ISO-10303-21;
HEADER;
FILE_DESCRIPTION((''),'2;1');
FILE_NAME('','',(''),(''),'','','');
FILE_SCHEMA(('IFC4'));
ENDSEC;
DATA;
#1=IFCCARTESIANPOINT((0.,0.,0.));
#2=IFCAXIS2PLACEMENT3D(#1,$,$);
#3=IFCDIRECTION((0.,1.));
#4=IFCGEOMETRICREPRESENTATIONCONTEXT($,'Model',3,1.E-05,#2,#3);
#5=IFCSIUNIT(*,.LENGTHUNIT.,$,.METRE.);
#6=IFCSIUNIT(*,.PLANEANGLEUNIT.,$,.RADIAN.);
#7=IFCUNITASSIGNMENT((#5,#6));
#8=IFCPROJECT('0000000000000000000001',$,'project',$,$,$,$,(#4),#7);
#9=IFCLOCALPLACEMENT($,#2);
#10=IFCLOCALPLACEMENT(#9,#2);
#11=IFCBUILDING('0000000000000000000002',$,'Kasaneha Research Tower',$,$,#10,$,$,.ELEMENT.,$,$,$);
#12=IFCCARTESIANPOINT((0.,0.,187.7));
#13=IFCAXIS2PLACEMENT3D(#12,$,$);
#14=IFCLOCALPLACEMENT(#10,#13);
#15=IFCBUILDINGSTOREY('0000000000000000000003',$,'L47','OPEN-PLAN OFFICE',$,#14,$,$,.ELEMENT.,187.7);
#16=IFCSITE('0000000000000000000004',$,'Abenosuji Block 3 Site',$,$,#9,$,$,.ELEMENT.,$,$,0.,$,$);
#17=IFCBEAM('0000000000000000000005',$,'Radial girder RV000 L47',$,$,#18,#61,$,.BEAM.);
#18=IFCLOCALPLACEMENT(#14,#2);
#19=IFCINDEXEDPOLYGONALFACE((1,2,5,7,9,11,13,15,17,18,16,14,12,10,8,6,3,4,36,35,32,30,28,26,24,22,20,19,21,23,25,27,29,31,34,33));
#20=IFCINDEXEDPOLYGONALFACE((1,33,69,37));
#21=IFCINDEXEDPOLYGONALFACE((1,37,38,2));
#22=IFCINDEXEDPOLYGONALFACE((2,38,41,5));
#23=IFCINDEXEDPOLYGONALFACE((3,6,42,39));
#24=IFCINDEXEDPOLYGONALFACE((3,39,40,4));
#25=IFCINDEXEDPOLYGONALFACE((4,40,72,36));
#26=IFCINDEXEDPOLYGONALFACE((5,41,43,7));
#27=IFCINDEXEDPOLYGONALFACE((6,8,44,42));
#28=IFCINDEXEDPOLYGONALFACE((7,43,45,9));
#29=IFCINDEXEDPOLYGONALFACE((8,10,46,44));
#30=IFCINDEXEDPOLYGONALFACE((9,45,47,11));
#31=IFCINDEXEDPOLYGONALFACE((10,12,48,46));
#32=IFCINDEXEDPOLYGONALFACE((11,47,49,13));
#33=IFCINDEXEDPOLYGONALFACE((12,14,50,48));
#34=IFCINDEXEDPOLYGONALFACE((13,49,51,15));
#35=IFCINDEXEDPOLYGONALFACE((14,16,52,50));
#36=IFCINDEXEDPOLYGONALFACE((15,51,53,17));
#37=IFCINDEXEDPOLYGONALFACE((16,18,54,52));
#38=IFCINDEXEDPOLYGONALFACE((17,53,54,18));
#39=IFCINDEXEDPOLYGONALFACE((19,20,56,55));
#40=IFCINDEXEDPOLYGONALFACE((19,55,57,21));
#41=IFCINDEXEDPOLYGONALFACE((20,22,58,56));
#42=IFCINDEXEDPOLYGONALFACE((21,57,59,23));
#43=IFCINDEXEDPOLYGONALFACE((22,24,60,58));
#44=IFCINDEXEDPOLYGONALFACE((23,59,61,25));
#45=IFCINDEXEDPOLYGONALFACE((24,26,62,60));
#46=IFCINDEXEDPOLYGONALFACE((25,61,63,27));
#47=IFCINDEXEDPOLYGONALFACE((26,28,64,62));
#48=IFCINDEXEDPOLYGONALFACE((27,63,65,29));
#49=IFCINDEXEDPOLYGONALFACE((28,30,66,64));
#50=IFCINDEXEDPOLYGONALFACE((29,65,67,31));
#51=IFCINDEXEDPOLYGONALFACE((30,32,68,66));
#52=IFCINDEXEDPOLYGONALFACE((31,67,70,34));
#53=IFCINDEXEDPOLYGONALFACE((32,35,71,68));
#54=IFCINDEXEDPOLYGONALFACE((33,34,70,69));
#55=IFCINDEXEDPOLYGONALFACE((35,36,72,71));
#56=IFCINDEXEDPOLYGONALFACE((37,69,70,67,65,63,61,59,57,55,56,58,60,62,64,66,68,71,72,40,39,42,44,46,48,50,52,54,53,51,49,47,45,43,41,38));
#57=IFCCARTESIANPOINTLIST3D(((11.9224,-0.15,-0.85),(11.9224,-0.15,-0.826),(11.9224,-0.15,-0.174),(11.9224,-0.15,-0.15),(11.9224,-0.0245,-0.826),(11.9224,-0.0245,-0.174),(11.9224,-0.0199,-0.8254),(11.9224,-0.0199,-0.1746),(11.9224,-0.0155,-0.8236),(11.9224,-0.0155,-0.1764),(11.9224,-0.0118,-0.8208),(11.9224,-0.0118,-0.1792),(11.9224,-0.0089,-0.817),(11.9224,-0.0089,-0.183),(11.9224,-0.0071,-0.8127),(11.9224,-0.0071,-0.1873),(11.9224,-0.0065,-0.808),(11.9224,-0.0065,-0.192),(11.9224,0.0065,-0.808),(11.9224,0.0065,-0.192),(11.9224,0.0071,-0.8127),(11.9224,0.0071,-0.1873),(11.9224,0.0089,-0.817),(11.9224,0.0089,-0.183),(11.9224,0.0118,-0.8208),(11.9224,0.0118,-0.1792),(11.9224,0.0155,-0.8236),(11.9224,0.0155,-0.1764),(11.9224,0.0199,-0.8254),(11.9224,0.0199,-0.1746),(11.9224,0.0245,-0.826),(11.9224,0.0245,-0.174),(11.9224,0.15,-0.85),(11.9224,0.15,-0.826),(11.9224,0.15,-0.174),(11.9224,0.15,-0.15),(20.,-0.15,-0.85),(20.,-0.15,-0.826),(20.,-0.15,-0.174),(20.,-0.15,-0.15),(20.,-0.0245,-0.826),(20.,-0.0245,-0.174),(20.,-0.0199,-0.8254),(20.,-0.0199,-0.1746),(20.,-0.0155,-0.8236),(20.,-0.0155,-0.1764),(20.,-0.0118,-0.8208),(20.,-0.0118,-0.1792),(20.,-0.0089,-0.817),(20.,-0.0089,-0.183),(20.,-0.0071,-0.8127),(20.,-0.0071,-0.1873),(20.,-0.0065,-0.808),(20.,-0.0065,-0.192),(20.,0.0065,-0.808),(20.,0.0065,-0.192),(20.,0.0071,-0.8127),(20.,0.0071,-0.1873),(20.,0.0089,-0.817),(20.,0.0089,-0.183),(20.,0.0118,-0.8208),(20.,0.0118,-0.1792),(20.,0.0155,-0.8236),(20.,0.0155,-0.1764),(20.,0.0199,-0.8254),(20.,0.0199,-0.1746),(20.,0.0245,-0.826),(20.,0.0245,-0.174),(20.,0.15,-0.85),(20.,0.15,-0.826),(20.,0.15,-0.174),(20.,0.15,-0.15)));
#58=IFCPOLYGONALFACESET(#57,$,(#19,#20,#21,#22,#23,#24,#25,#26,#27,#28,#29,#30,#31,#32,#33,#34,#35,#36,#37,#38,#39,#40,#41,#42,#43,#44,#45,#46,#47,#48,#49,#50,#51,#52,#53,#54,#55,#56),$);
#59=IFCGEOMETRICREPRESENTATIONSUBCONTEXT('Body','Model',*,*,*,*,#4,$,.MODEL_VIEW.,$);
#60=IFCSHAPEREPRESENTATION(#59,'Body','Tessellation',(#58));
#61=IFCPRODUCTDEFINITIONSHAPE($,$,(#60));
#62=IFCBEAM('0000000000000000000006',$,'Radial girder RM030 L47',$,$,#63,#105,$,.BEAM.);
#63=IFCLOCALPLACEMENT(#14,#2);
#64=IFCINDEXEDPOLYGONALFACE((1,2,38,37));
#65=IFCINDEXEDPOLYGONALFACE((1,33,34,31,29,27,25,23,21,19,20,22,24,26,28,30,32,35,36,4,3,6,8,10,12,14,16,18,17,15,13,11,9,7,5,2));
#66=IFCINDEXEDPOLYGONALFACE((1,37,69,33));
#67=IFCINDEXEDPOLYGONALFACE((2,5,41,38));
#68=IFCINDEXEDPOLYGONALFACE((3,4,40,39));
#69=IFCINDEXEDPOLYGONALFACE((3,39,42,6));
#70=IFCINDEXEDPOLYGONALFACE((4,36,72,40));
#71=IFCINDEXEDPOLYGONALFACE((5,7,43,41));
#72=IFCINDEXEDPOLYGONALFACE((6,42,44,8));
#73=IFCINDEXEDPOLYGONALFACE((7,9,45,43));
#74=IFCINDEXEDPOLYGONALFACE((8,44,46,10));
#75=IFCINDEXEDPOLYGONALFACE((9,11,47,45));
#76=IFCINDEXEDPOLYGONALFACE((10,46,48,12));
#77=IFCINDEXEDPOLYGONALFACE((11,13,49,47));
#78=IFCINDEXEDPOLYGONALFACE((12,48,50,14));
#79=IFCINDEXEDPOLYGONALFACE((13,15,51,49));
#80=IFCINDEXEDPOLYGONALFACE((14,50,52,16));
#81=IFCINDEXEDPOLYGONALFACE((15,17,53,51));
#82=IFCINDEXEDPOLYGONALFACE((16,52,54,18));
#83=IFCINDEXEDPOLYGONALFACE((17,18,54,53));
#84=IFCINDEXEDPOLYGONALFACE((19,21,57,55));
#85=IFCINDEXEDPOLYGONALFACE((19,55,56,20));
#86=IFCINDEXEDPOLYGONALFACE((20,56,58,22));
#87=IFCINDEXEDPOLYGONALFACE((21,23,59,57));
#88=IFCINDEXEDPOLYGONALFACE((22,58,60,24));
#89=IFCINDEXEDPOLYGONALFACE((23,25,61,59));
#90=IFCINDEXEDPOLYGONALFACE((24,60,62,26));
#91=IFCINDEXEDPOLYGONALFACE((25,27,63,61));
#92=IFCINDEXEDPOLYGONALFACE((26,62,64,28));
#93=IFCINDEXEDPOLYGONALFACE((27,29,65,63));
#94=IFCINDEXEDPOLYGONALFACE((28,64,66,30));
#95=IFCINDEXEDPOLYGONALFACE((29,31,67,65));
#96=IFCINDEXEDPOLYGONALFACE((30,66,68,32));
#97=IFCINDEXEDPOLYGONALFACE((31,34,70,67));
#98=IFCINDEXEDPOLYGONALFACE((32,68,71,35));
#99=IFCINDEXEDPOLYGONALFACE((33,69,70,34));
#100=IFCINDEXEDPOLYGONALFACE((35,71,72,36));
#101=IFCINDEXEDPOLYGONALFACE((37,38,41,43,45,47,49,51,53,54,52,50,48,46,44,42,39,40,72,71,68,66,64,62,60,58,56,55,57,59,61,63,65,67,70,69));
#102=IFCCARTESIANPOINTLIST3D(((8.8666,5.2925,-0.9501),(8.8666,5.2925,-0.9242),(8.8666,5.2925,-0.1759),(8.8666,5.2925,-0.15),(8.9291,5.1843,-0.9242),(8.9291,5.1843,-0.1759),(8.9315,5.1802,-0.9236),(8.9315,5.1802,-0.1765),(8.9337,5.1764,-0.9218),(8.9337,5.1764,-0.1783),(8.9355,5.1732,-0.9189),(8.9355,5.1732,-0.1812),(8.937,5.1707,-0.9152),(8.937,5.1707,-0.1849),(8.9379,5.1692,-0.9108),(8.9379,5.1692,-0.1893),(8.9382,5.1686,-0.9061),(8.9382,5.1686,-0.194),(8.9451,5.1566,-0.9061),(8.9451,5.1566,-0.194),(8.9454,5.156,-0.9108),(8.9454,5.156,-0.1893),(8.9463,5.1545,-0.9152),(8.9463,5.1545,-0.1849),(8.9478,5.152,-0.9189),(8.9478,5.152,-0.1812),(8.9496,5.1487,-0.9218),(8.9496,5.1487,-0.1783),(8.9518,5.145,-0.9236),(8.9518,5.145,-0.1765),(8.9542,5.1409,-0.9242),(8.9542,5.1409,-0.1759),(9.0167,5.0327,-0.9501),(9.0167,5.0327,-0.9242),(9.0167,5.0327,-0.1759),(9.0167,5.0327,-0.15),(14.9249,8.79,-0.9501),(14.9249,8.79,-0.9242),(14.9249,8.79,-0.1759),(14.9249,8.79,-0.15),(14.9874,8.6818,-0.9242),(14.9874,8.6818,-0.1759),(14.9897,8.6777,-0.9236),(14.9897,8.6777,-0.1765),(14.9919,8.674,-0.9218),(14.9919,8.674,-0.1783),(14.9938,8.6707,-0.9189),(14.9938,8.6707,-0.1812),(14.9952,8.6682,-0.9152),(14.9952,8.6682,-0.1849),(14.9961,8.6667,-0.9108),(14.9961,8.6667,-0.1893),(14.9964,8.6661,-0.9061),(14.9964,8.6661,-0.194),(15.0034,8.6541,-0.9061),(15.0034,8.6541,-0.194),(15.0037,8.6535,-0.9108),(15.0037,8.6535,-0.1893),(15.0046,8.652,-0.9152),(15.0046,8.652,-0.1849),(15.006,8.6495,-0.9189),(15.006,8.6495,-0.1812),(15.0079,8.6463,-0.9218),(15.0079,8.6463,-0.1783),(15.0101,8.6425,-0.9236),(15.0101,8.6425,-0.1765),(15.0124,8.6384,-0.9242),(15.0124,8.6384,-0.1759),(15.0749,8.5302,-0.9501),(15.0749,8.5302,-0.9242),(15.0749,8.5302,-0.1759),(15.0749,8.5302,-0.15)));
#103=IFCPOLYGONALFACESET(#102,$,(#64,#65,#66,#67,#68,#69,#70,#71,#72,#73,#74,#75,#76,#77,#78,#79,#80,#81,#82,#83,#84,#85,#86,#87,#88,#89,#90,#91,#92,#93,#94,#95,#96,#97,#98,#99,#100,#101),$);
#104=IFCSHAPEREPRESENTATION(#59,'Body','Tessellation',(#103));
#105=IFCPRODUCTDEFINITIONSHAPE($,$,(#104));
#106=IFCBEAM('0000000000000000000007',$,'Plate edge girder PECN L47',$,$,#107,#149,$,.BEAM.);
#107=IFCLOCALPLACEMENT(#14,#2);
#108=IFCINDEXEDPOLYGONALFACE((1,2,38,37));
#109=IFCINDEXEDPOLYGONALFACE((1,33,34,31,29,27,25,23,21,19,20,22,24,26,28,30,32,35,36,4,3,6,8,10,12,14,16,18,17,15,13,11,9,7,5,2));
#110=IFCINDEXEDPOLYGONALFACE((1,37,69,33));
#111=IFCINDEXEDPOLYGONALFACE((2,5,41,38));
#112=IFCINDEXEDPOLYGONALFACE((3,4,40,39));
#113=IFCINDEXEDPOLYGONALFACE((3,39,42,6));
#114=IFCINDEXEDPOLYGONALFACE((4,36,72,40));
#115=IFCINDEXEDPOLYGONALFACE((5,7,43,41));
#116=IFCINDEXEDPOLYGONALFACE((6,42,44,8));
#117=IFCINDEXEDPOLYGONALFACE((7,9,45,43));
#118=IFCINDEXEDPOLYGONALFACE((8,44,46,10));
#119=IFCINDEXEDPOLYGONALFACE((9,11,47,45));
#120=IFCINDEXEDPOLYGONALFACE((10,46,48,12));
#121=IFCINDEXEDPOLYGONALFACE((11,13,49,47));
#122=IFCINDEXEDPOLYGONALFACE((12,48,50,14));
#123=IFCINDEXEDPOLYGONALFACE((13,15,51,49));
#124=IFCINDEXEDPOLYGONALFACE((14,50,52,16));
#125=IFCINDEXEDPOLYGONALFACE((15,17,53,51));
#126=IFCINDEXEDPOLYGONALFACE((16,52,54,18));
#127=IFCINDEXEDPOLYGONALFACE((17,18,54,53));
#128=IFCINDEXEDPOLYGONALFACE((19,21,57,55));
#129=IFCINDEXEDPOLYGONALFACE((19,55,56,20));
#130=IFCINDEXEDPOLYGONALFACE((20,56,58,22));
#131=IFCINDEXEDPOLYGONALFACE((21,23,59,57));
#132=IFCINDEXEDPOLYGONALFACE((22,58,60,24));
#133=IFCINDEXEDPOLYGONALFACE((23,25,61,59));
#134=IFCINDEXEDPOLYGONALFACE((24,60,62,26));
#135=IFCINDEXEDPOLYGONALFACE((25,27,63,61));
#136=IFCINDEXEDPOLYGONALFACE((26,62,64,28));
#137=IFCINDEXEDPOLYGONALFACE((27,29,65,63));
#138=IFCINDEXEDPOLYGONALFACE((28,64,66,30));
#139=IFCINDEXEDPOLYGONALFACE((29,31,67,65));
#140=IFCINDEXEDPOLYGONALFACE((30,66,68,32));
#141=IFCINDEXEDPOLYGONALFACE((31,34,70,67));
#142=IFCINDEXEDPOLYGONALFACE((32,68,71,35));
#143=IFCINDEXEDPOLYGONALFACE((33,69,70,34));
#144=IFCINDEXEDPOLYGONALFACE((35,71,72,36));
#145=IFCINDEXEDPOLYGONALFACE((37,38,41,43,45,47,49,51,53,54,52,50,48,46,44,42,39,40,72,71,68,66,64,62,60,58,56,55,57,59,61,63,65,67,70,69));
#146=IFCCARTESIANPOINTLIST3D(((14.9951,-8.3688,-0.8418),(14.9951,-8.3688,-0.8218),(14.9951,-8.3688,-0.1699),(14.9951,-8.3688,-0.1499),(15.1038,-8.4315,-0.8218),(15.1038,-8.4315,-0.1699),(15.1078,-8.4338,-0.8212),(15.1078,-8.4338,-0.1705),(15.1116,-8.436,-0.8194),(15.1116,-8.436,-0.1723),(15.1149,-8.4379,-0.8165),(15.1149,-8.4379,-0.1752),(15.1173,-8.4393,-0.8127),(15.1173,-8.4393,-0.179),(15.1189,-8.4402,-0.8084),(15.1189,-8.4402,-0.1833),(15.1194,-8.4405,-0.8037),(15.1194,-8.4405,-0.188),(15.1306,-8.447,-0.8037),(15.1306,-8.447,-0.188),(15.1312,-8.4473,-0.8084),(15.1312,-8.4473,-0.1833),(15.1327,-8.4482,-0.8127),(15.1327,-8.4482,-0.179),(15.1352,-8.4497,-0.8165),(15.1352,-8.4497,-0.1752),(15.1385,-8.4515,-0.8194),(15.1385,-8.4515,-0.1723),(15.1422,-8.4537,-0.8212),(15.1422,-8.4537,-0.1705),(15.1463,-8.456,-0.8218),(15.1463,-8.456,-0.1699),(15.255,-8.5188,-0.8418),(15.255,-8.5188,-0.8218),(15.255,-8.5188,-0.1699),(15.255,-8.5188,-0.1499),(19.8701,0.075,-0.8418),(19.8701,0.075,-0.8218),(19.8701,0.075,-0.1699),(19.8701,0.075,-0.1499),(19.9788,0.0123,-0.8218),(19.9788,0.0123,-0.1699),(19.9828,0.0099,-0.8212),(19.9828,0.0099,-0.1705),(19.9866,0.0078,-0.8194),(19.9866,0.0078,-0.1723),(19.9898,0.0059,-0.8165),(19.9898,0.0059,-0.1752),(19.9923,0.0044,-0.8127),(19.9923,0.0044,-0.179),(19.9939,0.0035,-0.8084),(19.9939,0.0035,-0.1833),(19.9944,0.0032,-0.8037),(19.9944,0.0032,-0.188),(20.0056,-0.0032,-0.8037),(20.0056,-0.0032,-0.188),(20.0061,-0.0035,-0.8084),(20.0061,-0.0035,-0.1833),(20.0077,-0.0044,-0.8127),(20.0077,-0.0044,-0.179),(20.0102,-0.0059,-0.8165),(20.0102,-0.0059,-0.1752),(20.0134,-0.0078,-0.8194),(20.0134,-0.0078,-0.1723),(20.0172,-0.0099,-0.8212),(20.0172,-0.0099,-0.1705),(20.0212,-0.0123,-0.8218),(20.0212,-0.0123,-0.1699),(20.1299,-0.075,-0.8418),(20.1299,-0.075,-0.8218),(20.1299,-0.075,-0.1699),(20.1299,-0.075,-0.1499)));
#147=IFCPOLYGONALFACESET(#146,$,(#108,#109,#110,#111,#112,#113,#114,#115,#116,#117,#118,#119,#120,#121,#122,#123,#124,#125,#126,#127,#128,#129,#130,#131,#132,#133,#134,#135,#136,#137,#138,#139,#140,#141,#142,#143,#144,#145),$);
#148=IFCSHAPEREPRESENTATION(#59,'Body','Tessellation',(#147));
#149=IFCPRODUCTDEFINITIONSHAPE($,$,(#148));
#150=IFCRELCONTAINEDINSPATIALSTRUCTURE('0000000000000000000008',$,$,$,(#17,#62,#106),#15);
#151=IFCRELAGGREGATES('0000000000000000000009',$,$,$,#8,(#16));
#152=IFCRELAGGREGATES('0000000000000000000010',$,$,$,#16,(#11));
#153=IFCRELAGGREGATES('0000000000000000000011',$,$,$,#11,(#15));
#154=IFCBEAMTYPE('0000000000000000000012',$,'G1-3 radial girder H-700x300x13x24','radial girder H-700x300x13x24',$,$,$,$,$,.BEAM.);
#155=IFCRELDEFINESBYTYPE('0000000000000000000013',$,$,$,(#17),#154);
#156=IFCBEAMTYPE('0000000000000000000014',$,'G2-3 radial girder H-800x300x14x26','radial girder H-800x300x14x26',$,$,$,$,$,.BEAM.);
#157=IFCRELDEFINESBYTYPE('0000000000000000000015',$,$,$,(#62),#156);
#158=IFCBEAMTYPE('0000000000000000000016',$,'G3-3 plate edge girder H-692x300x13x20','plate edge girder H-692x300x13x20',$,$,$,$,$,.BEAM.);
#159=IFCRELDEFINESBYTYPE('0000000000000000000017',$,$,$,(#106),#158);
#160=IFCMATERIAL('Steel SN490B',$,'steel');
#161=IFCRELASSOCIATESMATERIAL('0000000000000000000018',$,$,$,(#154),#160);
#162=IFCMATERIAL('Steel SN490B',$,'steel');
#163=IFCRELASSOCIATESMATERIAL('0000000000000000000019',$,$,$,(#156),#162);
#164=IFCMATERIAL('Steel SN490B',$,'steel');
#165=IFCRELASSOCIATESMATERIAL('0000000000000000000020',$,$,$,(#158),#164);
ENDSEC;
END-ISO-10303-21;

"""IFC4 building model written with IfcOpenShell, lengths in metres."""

from ifc_helpers import new_model, si_unit, direction, frame, origin, origin_2d, place, context, subcontext, project, spatial, i_section, extrude, material, material_profile, profile_set, type_object, element, save


model = new_model("IFC4")

# Units and contexts
model_context = context("Model", 3, precision=1e-05, world=origin(), true_north=direction((0.0, 1.0)))
body_context = subcontext(model_context, "Body", "Model", "MODEL_VIEW")
ifc_project = project(units=[si_unit("LENGTHUNIT", "METRE"), si_unit("PLANEANGLEUNIT", "RADIAN")], contexts=[model_context])

# Site, building, storey
site_placement = place(None, origin())
site = spatial("IfcSite", under=ifc_project, at=site_placement, Name="Abenosuji Block 3 Site", CompositionType="ELEMENT", RefElevation=0.0)
building_placement = place(site_placement, origin())
building = spatial("IfcBuilding", under=site, at=building_placement, Name="Kasaneha Research Tower", CompositionType="ELEMENT")
storey_placement = place(building_placement, frame((0.0, 0.0, 187.7)))
storey = spatial("IfcBuildingStorey", under=building, at=storey_placement, Name="L47", Description="OPEN-PLAN OFFICE", CompositionType="ELEMENT", Elevation=187.7)

# Beams
ifc_material_1 = material(Name="Steel SN490B", Category="steel")
ifc_material_profile_1 = material_profile(ifc_material_1, i_section(OverallWidth=0.3, OverallDepth=0.7, WebThickness=0.0129, FlangeThickness=0.0239, FilletRadius=0.0181, at=origin_2d()), Name="H-700x300x13x24")
ifc_profile_set_1 = profile_set([ifc_material_profile_1], Name="Steel SN490B")
beam_type_1 = type_object("IfcBeamType", Name="G1-3 radial girder H-700x300x13x24", Description="radial girder H-700x300x13x24", PredefinedType="BEAM", material=ifc_profile_set_1)
beam_1_placement = place(storey_placement, frame((11.9224, 0.0, -0.5), z_axis=(1.0, 0.0, 0.0), x_axis=(0.0, 1.0, 0.0)))
element("IfcBeam", 1, at=beam_1_placement, inside=storey, type_object=beam_type_1, Name="Radial girder RV000 L47", PredefinedType="BEAM", context=body_context, shape_type="SweptSolid", body=[
    extrude(i_section(OverallWidth=0.3, OverallDepth=0.7, WebThickness=0.0129, FlangeThickness=0.0239, FilletRadius=0.0181, at=origin_2d()), origin(), (0.0, 0.0, 1.0), 8.0776),
])
ifc_material_2 = material(Name="Steel SN490B", Category="steel")
ifc_material_profile_2 = material_profile(ifc_material_2, i_section(OverallWidth=0.3, OverallDepth=0.8, WebThickness=0.0139, FlangeThickness=0.0259, FilletRadius=0.0181, at=origin_2d()), Name="H-800x300x14x26")
ifc_profile_set_2 = profile_set([ifc_material_profile_2], Name="Steel SN490B")
beam_type_2 = type_object("IfcBeamType", Name="G2-3 radial girder H-800x300x14x26", Description="radial girder H-800x300x14x26", PredefinedType="BEAM", material=ifc_profile_set_2)
beam_2_placement = place(storey_placement, frame((8.9417, 5.1626, -0.55), z_axis=(0.86604, 0.499975, 0.0), x_axis=(-0.499975, 0.86604, 0.0)))
element("IfcBeam", 2, at=beam_2_placement, inside=storey, type_object=beam_type_2, Name="Radial girder RM030 L47", PredefinedType="BEAM", context=body_context, shape_type="SweptSolid", body=[
    extrude(i_section(OverallWidth=0.3, OverallDepth=0.8, WebThickness=0.0139, FlangeThickness=0.0259, FilletRadius=0.0181, at=origin_2d()), origin(), (0.0, 0.0, 1.0), 6.9954),
])
ifc_material_3 = material(Name="Steel SN490B", Category="steel")
ifc_material_profile_3 = material_profile(ifc_material_3, i_section(OverallWidth=0.3, OverallDepth=0.6919, WebThickness=0.0129, FlangeThickness=0.02, FilletRadius=0.0181, at=origin_2d()), Name="H-692x300x13x20")
ifc_profile_set_3 = profile_set([ifc_material_profile_3], Name="Steel SN490B")
beam_type_3 = type_object("IfcBeamType", Name="G3-3 plate edge girder H-692x300x13x20", Description="plate edge girder H-692x300x13x20", PredefinedType="BEAM", material=ifc_profile_set_3)
beam_3_placement = place(storey_placement, frame((20.0, 0.0, -0.4958), z_axis=(-0.499996, -0.866028, 0.0), x_axis=(0.866028, -0.499996, 0.0)))
element("IfcBeam", 3, at=beam_3_placement, inside=storey, type_object=beam_type_3, Name="Plate edge girder PECN L47", PredefinedType="BEAM", context=body_context, shape_type="SweptSolid", body=[
    extrude(i_section(OverallWidth=0.3, OverallDepth=0.6919, WebThickness=0.0129, FlangeThickness=0.02, FilletRadius=0.0181, at=origin_2d()), origin(), (0.0, 0.0, 1.0), 9.75),
])

save(model, "model.ifc")
